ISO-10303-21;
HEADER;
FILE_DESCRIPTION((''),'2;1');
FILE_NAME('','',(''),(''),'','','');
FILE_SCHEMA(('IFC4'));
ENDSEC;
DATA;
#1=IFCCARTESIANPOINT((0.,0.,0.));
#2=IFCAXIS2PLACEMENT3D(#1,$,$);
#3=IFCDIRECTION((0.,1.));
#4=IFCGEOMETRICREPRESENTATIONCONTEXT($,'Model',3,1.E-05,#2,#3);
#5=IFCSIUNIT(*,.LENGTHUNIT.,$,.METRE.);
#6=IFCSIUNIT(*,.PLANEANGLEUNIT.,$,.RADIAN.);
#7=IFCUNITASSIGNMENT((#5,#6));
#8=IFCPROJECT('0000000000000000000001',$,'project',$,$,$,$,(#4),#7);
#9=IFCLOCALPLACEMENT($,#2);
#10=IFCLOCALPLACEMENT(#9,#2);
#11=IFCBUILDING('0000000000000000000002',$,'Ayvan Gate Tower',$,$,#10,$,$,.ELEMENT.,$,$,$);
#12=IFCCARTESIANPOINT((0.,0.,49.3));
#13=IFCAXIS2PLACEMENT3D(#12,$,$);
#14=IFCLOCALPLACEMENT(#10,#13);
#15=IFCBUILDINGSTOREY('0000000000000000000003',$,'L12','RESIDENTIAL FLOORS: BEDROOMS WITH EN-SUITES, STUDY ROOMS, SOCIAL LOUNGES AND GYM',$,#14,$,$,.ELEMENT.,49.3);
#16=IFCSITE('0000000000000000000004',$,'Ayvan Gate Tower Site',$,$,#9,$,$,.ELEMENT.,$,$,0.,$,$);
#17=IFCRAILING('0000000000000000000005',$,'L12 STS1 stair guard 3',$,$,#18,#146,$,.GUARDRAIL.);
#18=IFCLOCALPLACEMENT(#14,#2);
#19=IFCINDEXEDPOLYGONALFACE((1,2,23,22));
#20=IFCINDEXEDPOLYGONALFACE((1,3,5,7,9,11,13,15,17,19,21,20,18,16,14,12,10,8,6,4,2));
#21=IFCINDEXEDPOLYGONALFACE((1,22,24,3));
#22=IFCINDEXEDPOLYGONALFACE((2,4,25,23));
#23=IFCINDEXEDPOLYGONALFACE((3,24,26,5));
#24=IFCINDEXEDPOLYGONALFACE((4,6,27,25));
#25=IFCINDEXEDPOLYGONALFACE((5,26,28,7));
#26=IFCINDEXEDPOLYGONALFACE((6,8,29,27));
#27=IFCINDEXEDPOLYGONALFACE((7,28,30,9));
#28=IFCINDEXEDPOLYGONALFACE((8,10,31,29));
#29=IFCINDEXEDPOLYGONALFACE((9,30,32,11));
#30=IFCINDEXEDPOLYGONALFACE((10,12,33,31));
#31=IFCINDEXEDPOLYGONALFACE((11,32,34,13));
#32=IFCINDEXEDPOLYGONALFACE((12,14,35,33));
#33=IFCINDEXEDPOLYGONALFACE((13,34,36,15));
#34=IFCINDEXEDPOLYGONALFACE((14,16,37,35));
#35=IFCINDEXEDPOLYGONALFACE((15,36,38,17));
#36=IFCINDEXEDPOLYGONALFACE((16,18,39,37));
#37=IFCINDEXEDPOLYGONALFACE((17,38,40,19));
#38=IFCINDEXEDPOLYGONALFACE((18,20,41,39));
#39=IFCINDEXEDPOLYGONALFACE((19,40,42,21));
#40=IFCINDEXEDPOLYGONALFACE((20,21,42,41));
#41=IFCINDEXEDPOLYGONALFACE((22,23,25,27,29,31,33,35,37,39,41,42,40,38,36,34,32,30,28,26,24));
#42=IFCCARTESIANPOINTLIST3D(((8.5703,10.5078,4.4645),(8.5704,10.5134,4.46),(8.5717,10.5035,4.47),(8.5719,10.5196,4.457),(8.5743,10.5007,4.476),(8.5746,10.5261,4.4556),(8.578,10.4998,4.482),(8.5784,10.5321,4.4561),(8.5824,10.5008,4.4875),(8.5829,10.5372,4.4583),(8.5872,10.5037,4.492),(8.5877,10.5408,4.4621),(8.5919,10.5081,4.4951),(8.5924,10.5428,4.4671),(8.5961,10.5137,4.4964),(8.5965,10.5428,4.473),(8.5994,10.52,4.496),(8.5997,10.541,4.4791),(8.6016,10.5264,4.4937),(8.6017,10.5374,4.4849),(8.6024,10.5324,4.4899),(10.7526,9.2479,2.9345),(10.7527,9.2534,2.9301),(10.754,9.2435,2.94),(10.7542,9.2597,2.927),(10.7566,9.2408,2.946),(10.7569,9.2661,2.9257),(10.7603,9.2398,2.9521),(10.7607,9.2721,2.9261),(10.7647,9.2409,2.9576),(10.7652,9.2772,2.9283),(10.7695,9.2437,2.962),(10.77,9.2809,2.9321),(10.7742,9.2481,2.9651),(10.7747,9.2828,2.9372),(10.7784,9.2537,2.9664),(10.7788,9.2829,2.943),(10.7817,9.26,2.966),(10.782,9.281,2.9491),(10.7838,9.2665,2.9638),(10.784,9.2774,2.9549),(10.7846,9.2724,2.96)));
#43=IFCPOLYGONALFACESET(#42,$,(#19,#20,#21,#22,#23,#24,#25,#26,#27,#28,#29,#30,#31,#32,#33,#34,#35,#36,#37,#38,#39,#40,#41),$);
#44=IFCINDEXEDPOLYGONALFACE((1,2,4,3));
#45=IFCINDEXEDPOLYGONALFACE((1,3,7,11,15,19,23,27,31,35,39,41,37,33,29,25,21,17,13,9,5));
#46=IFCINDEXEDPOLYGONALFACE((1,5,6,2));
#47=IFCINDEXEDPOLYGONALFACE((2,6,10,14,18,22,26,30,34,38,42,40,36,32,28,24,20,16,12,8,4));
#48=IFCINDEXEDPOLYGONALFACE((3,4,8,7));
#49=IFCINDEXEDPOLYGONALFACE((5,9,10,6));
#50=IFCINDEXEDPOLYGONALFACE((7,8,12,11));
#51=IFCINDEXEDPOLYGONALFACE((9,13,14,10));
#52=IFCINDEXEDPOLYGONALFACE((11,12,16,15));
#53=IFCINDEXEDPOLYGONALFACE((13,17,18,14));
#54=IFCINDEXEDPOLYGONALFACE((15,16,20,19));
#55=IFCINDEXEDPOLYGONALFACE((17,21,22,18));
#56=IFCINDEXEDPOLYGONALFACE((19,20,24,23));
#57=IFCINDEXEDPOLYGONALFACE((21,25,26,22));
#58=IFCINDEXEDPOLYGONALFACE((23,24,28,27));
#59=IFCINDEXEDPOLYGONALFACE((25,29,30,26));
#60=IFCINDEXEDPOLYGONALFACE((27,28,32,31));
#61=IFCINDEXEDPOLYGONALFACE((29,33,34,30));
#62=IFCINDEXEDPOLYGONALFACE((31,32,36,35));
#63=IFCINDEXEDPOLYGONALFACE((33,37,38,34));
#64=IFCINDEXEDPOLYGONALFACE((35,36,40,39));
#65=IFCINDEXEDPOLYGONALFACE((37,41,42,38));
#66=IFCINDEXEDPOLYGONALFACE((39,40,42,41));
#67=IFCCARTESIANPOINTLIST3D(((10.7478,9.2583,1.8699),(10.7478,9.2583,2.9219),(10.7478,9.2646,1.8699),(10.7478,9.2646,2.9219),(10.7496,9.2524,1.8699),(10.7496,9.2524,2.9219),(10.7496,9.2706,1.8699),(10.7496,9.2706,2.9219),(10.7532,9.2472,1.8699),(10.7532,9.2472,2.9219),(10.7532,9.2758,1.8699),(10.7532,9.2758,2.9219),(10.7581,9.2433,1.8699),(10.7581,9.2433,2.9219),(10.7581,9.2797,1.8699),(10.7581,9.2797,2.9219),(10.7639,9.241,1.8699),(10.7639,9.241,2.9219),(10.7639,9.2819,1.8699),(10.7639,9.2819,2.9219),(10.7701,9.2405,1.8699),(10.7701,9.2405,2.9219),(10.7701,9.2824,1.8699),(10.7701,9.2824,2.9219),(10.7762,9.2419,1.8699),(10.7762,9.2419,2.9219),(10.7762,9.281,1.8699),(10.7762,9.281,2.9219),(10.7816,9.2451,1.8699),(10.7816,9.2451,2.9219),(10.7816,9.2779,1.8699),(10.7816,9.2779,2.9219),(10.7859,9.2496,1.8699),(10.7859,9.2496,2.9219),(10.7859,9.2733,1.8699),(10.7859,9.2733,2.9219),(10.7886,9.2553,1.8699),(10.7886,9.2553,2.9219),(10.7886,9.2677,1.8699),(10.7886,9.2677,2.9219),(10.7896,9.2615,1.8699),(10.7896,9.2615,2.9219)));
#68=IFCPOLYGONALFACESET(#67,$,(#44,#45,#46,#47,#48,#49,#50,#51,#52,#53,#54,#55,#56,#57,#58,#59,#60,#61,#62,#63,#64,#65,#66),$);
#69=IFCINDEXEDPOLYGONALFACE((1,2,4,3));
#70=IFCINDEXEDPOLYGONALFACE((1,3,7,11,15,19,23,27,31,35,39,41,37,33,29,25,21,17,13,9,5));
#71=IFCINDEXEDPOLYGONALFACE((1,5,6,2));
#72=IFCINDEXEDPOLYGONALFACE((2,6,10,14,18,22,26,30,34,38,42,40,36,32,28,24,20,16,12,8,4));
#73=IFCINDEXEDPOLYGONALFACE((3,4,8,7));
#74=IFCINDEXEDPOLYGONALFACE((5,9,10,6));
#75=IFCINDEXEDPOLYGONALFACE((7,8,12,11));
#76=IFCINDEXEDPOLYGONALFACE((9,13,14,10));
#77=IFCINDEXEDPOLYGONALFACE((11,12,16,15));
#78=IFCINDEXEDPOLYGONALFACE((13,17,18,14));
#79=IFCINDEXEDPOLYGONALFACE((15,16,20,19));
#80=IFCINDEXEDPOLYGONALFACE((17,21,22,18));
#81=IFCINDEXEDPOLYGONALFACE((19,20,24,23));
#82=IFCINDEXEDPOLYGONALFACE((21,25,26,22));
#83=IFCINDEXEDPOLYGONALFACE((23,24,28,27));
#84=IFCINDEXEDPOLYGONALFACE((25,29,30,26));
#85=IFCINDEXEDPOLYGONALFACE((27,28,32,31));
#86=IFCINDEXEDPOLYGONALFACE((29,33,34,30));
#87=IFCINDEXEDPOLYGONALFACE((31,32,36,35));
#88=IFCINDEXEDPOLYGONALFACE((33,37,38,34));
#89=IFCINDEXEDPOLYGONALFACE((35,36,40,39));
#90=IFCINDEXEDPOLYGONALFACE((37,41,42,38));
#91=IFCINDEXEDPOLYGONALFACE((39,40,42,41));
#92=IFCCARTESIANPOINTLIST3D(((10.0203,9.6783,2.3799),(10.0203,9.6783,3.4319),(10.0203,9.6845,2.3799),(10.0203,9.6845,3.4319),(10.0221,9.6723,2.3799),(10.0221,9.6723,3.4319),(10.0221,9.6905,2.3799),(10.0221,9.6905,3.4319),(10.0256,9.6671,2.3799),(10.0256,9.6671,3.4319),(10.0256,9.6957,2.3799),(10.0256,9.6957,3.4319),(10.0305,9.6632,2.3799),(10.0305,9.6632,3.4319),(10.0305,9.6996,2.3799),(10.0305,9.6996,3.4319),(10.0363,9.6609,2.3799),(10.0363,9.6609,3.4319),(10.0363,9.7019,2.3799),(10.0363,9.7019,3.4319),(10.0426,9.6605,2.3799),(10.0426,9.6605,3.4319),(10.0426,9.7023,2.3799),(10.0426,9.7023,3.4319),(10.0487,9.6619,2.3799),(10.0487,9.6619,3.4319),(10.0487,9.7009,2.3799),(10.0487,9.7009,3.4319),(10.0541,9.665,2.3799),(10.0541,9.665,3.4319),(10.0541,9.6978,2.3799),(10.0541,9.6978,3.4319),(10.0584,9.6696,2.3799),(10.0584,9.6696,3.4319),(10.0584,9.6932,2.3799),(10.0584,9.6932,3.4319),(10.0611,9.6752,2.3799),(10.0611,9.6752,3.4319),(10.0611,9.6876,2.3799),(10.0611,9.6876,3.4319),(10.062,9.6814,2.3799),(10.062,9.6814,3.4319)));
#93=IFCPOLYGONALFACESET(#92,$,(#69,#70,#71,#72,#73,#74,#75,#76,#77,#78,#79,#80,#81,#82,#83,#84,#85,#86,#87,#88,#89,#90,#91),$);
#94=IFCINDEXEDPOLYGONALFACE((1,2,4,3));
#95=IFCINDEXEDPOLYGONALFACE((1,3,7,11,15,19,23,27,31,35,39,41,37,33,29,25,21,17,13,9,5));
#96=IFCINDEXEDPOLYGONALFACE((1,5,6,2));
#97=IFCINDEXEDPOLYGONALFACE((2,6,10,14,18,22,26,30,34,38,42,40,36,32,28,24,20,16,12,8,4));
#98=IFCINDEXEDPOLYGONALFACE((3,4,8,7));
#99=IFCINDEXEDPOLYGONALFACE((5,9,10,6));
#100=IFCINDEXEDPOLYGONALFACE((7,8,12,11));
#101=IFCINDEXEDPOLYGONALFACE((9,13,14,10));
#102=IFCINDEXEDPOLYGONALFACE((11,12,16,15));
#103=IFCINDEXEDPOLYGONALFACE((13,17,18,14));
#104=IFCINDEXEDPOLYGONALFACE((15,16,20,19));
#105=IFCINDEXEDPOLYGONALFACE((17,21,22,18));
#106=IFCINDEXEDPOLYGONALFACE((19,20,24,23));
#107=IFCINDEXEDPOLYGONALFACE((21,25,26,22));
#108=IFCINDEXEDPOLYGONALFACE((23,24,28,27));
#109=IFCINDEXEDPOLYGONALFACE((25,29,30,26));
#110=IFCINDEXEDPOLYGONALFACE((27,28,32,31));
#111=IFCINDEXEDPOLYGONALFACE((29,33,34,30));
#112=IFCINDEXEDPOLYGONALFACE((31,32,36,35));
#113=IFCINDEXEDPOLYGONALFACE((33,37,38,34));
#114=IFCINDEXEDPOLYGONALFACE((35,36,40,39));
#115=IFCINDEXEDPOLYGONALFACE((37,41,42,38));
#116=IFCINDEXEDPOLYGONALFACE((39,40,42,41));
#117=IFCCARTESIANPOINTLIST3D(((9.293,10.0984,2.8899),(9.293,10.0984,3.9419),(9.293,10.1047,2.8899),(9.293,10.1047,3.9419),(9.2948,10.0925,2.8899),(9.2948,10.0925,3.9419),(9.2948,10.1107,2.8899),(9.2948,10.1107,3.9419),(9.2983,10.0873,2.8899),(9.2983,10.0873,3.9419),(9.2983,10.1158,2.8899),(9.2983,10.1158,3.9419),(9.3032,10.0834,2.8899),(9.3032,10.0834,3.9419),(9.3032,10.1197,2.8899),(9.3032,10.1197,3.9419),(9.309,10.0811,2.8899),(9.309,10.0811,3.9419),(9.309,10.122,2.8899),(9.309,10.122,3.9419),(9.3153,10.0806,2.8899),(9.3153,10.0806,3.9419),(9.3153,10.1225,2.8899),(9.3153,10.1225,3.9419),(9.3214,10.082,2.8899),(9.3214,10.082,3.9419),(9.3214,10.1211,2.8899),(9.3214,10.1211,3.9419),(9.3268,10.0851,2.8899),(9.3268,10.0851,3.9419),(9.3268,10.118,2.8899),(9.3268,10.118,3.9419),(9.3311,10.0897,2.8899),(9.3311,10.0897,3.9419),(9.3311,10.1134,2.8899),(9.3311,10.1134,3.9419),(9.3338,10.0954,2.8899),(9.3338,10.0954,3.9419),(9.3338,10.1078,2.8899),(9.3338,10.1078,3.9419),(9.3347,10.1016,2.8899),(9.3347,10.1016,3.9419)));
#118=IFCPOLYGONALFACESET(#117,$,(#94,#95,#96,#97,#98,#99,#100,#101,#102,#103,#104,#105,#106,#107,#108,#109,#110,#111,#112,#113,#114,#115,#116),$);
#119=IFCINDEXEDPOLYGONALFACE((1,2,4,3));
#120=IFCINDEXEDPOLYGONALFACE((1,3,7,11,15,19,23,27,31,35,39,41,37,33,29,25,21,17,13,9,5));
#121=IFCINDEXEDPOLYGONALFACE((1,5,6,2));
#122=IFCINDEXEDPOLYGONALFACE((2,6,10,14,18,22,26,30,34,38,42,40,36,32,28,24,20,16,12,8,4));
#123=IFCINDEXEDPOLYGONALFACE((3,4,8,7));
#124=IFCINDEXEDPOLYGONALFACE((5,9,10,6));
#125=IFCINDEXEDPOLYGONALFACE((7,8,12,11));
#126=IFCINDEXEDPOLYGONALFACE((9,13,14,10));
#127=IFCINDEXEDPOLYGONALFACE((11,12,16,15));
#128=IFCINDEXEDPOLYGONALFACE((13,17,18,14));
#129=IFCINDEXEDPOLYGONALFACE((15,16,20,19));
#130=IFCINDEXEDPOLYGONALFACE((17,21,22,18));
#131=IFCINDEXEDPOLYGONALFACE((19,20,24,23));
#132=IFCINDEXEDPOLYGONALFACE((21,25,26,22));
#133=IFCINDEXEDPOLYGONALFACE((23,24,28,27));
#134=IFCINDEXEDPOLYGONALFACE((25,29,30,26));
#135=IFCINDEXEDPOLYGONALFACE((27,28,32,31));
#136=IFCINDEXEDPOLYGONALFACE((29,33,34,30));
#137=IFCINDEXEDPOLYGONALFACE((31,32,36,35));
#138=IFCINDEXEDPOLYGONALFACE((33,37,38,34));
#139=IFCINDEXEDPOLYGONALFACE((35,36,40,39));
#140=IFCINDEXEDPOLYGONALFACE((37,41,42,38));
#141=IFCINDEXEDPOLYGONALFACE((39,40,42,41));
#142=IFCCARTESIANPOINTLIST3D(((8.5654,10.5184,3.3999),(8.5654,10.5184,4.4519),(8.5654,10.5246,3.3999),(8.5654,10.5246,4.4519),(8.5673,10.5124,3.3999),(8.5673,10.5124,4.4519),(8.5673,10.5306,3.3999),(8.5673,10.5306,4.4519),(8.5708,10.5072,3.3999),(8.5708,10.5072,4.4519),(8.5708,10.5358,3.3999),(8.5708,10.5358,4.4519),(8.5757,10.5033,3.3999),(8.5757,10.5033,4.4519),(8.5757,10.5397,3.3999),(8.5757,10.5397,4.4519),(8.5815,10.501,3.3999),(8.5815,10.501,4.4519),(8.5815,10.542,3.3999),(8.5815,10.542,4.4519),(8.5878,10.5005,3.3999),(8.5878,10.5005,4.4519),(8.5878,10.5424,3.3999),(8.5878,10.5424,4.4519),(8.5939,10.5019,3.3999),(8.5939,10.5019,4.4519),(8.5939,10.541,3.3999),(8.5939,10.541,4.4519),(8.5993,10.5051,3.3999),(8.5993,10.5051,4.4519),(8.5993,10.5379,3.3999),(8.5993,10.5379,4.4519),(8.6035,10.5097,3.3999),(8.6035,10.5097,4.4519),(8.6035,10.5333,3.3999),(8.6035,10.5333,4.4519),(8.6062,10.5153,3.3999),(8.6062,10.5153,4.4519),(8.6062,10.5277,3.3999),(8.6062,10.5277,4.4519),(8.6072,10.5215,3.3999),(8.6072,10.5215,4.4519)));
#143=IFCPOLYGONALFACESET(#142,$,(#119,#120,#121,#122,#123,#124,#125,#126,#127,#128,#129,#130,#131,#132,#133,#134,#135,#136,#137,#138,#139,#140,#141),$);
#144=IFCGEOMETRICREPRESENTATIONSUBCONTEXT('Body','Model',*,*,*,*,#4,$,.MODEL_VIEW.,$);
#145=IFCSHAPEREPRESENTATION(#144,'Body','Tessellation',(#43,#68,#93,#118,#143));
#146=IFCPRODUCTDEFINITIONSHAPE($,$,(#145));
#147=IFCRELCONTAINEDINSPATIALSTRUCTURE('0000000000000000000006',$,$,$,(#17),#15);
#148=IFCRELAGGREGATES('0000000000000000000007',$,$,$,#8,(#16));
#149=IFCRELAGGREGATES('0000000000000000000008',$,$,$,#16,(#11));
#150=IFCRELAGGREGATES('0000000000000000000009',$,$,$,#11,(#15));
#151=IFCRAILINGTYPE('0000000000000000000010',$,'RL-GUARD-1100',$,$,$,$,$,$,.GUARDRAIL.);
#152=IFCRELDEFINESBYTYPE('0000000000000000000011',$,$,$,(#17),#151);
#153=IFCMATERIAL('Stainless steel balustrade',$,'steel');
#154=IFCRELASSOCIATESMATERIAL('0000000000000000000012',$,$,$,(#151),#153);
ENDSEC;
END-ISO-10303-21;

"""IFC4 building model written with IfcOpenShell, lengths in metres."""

from ifc_helpers import new_model, si_unit, direction, frame, origin, origin_2d, place, context, subcontext, project, spatial, circle, extrude, material, type_object, element, save


model = new_model("IFC4")

# Units and contexts
model_context = context("Model", 3, precision=1e-05, world=origin(), true_north=direction((0.0, 1.0)))
body_context = subcontext(model_context, "Body", "Model", "MODEL_VIEW")
ifc_project = project(units=[si_unit("LENGTHUNIT", "METRE"), si_unit("PLANEANGLEUNIT", "RADIAN")], contexts=[model_context])

# Site, building, storey
site_placement = place(None, origin())
site = spatial("IfcSite", under=ifc_project, at=site_placement, Name="Ayvan Gate Tower Site", CompositionType="ELEMENT", RefElevation=0.0)
building_placement = place(site_placement, origin())
building = spatial("IfcBuilding", under=site, at=building_placement, Name="Ayvan Gate Tower", CompositionType="ELEMENT")
storey_placement = place(building_placement, frame((0.0, 0.0, 49.3)))
storey = spatial("IfcBuildingStorey", under=building, at=storey_placement, Name="L12", Description="RESIDENTIAL FLOORS: BEDROOMS WITH EN-SUITES, STUDY ROOMS, SOCIAL LOUNGES AND GYM", CompositionType="ELEMENT", Elevation=49.3)

# Railing
ifc_material_1 = material(Name="Stainless steel balustrade", Category="steel")
railing_type_1 = type_object("IfcRailingType", Name="RL-GUARD-1100", PredefinedType="GUARDRAIL", material=ifc_material_1)
railing_1_placement = place(storey_placement, frame((10.7686, 9.2615, 1.8699)))
element("IfcRailing", 1, at=railing_1_placement, inside=storey, type_object=railing_type_1, Name="L12 STS1 stair guard 3", PredefinedType="GUARDRAIL", context=body_context, shape_type="SweptSolid", body=[
    extrude(circle(Radius=0.0239, at=origin_2d()), frame((0.0, 0.0, 1.0762), z_axis=(-0.740261, 0.427395, 0.518986), x_axis=(-0.500005, -0.866023, 0.0)), (0.0, 0.0, 1.0), 2.948),
    extrude(circle(Radius=0.021, at=origin_2d()), origin(), (0.0, 0.0, 1.0), 1.052),
    extrude(circle(Radius=0.021, at=origin_2d()), frame((-0.7275, 0.4199, 0.51)), (0.0, 0.0, 1.0), 1.052),
    extrude(circle(Radius=0.021, at=origin_2d()), frame((-1.4548, 0.8401, 1.02)), (0.0, 0.0, 1.0), 1.052),
    extrude(circle(Radius=0.021, at=origin_2d()), frame((-2.1824, 1.26, 1.53)), (0.0, 0.0, 1.0), 1.052),
])

save(model, "model.ifc")
